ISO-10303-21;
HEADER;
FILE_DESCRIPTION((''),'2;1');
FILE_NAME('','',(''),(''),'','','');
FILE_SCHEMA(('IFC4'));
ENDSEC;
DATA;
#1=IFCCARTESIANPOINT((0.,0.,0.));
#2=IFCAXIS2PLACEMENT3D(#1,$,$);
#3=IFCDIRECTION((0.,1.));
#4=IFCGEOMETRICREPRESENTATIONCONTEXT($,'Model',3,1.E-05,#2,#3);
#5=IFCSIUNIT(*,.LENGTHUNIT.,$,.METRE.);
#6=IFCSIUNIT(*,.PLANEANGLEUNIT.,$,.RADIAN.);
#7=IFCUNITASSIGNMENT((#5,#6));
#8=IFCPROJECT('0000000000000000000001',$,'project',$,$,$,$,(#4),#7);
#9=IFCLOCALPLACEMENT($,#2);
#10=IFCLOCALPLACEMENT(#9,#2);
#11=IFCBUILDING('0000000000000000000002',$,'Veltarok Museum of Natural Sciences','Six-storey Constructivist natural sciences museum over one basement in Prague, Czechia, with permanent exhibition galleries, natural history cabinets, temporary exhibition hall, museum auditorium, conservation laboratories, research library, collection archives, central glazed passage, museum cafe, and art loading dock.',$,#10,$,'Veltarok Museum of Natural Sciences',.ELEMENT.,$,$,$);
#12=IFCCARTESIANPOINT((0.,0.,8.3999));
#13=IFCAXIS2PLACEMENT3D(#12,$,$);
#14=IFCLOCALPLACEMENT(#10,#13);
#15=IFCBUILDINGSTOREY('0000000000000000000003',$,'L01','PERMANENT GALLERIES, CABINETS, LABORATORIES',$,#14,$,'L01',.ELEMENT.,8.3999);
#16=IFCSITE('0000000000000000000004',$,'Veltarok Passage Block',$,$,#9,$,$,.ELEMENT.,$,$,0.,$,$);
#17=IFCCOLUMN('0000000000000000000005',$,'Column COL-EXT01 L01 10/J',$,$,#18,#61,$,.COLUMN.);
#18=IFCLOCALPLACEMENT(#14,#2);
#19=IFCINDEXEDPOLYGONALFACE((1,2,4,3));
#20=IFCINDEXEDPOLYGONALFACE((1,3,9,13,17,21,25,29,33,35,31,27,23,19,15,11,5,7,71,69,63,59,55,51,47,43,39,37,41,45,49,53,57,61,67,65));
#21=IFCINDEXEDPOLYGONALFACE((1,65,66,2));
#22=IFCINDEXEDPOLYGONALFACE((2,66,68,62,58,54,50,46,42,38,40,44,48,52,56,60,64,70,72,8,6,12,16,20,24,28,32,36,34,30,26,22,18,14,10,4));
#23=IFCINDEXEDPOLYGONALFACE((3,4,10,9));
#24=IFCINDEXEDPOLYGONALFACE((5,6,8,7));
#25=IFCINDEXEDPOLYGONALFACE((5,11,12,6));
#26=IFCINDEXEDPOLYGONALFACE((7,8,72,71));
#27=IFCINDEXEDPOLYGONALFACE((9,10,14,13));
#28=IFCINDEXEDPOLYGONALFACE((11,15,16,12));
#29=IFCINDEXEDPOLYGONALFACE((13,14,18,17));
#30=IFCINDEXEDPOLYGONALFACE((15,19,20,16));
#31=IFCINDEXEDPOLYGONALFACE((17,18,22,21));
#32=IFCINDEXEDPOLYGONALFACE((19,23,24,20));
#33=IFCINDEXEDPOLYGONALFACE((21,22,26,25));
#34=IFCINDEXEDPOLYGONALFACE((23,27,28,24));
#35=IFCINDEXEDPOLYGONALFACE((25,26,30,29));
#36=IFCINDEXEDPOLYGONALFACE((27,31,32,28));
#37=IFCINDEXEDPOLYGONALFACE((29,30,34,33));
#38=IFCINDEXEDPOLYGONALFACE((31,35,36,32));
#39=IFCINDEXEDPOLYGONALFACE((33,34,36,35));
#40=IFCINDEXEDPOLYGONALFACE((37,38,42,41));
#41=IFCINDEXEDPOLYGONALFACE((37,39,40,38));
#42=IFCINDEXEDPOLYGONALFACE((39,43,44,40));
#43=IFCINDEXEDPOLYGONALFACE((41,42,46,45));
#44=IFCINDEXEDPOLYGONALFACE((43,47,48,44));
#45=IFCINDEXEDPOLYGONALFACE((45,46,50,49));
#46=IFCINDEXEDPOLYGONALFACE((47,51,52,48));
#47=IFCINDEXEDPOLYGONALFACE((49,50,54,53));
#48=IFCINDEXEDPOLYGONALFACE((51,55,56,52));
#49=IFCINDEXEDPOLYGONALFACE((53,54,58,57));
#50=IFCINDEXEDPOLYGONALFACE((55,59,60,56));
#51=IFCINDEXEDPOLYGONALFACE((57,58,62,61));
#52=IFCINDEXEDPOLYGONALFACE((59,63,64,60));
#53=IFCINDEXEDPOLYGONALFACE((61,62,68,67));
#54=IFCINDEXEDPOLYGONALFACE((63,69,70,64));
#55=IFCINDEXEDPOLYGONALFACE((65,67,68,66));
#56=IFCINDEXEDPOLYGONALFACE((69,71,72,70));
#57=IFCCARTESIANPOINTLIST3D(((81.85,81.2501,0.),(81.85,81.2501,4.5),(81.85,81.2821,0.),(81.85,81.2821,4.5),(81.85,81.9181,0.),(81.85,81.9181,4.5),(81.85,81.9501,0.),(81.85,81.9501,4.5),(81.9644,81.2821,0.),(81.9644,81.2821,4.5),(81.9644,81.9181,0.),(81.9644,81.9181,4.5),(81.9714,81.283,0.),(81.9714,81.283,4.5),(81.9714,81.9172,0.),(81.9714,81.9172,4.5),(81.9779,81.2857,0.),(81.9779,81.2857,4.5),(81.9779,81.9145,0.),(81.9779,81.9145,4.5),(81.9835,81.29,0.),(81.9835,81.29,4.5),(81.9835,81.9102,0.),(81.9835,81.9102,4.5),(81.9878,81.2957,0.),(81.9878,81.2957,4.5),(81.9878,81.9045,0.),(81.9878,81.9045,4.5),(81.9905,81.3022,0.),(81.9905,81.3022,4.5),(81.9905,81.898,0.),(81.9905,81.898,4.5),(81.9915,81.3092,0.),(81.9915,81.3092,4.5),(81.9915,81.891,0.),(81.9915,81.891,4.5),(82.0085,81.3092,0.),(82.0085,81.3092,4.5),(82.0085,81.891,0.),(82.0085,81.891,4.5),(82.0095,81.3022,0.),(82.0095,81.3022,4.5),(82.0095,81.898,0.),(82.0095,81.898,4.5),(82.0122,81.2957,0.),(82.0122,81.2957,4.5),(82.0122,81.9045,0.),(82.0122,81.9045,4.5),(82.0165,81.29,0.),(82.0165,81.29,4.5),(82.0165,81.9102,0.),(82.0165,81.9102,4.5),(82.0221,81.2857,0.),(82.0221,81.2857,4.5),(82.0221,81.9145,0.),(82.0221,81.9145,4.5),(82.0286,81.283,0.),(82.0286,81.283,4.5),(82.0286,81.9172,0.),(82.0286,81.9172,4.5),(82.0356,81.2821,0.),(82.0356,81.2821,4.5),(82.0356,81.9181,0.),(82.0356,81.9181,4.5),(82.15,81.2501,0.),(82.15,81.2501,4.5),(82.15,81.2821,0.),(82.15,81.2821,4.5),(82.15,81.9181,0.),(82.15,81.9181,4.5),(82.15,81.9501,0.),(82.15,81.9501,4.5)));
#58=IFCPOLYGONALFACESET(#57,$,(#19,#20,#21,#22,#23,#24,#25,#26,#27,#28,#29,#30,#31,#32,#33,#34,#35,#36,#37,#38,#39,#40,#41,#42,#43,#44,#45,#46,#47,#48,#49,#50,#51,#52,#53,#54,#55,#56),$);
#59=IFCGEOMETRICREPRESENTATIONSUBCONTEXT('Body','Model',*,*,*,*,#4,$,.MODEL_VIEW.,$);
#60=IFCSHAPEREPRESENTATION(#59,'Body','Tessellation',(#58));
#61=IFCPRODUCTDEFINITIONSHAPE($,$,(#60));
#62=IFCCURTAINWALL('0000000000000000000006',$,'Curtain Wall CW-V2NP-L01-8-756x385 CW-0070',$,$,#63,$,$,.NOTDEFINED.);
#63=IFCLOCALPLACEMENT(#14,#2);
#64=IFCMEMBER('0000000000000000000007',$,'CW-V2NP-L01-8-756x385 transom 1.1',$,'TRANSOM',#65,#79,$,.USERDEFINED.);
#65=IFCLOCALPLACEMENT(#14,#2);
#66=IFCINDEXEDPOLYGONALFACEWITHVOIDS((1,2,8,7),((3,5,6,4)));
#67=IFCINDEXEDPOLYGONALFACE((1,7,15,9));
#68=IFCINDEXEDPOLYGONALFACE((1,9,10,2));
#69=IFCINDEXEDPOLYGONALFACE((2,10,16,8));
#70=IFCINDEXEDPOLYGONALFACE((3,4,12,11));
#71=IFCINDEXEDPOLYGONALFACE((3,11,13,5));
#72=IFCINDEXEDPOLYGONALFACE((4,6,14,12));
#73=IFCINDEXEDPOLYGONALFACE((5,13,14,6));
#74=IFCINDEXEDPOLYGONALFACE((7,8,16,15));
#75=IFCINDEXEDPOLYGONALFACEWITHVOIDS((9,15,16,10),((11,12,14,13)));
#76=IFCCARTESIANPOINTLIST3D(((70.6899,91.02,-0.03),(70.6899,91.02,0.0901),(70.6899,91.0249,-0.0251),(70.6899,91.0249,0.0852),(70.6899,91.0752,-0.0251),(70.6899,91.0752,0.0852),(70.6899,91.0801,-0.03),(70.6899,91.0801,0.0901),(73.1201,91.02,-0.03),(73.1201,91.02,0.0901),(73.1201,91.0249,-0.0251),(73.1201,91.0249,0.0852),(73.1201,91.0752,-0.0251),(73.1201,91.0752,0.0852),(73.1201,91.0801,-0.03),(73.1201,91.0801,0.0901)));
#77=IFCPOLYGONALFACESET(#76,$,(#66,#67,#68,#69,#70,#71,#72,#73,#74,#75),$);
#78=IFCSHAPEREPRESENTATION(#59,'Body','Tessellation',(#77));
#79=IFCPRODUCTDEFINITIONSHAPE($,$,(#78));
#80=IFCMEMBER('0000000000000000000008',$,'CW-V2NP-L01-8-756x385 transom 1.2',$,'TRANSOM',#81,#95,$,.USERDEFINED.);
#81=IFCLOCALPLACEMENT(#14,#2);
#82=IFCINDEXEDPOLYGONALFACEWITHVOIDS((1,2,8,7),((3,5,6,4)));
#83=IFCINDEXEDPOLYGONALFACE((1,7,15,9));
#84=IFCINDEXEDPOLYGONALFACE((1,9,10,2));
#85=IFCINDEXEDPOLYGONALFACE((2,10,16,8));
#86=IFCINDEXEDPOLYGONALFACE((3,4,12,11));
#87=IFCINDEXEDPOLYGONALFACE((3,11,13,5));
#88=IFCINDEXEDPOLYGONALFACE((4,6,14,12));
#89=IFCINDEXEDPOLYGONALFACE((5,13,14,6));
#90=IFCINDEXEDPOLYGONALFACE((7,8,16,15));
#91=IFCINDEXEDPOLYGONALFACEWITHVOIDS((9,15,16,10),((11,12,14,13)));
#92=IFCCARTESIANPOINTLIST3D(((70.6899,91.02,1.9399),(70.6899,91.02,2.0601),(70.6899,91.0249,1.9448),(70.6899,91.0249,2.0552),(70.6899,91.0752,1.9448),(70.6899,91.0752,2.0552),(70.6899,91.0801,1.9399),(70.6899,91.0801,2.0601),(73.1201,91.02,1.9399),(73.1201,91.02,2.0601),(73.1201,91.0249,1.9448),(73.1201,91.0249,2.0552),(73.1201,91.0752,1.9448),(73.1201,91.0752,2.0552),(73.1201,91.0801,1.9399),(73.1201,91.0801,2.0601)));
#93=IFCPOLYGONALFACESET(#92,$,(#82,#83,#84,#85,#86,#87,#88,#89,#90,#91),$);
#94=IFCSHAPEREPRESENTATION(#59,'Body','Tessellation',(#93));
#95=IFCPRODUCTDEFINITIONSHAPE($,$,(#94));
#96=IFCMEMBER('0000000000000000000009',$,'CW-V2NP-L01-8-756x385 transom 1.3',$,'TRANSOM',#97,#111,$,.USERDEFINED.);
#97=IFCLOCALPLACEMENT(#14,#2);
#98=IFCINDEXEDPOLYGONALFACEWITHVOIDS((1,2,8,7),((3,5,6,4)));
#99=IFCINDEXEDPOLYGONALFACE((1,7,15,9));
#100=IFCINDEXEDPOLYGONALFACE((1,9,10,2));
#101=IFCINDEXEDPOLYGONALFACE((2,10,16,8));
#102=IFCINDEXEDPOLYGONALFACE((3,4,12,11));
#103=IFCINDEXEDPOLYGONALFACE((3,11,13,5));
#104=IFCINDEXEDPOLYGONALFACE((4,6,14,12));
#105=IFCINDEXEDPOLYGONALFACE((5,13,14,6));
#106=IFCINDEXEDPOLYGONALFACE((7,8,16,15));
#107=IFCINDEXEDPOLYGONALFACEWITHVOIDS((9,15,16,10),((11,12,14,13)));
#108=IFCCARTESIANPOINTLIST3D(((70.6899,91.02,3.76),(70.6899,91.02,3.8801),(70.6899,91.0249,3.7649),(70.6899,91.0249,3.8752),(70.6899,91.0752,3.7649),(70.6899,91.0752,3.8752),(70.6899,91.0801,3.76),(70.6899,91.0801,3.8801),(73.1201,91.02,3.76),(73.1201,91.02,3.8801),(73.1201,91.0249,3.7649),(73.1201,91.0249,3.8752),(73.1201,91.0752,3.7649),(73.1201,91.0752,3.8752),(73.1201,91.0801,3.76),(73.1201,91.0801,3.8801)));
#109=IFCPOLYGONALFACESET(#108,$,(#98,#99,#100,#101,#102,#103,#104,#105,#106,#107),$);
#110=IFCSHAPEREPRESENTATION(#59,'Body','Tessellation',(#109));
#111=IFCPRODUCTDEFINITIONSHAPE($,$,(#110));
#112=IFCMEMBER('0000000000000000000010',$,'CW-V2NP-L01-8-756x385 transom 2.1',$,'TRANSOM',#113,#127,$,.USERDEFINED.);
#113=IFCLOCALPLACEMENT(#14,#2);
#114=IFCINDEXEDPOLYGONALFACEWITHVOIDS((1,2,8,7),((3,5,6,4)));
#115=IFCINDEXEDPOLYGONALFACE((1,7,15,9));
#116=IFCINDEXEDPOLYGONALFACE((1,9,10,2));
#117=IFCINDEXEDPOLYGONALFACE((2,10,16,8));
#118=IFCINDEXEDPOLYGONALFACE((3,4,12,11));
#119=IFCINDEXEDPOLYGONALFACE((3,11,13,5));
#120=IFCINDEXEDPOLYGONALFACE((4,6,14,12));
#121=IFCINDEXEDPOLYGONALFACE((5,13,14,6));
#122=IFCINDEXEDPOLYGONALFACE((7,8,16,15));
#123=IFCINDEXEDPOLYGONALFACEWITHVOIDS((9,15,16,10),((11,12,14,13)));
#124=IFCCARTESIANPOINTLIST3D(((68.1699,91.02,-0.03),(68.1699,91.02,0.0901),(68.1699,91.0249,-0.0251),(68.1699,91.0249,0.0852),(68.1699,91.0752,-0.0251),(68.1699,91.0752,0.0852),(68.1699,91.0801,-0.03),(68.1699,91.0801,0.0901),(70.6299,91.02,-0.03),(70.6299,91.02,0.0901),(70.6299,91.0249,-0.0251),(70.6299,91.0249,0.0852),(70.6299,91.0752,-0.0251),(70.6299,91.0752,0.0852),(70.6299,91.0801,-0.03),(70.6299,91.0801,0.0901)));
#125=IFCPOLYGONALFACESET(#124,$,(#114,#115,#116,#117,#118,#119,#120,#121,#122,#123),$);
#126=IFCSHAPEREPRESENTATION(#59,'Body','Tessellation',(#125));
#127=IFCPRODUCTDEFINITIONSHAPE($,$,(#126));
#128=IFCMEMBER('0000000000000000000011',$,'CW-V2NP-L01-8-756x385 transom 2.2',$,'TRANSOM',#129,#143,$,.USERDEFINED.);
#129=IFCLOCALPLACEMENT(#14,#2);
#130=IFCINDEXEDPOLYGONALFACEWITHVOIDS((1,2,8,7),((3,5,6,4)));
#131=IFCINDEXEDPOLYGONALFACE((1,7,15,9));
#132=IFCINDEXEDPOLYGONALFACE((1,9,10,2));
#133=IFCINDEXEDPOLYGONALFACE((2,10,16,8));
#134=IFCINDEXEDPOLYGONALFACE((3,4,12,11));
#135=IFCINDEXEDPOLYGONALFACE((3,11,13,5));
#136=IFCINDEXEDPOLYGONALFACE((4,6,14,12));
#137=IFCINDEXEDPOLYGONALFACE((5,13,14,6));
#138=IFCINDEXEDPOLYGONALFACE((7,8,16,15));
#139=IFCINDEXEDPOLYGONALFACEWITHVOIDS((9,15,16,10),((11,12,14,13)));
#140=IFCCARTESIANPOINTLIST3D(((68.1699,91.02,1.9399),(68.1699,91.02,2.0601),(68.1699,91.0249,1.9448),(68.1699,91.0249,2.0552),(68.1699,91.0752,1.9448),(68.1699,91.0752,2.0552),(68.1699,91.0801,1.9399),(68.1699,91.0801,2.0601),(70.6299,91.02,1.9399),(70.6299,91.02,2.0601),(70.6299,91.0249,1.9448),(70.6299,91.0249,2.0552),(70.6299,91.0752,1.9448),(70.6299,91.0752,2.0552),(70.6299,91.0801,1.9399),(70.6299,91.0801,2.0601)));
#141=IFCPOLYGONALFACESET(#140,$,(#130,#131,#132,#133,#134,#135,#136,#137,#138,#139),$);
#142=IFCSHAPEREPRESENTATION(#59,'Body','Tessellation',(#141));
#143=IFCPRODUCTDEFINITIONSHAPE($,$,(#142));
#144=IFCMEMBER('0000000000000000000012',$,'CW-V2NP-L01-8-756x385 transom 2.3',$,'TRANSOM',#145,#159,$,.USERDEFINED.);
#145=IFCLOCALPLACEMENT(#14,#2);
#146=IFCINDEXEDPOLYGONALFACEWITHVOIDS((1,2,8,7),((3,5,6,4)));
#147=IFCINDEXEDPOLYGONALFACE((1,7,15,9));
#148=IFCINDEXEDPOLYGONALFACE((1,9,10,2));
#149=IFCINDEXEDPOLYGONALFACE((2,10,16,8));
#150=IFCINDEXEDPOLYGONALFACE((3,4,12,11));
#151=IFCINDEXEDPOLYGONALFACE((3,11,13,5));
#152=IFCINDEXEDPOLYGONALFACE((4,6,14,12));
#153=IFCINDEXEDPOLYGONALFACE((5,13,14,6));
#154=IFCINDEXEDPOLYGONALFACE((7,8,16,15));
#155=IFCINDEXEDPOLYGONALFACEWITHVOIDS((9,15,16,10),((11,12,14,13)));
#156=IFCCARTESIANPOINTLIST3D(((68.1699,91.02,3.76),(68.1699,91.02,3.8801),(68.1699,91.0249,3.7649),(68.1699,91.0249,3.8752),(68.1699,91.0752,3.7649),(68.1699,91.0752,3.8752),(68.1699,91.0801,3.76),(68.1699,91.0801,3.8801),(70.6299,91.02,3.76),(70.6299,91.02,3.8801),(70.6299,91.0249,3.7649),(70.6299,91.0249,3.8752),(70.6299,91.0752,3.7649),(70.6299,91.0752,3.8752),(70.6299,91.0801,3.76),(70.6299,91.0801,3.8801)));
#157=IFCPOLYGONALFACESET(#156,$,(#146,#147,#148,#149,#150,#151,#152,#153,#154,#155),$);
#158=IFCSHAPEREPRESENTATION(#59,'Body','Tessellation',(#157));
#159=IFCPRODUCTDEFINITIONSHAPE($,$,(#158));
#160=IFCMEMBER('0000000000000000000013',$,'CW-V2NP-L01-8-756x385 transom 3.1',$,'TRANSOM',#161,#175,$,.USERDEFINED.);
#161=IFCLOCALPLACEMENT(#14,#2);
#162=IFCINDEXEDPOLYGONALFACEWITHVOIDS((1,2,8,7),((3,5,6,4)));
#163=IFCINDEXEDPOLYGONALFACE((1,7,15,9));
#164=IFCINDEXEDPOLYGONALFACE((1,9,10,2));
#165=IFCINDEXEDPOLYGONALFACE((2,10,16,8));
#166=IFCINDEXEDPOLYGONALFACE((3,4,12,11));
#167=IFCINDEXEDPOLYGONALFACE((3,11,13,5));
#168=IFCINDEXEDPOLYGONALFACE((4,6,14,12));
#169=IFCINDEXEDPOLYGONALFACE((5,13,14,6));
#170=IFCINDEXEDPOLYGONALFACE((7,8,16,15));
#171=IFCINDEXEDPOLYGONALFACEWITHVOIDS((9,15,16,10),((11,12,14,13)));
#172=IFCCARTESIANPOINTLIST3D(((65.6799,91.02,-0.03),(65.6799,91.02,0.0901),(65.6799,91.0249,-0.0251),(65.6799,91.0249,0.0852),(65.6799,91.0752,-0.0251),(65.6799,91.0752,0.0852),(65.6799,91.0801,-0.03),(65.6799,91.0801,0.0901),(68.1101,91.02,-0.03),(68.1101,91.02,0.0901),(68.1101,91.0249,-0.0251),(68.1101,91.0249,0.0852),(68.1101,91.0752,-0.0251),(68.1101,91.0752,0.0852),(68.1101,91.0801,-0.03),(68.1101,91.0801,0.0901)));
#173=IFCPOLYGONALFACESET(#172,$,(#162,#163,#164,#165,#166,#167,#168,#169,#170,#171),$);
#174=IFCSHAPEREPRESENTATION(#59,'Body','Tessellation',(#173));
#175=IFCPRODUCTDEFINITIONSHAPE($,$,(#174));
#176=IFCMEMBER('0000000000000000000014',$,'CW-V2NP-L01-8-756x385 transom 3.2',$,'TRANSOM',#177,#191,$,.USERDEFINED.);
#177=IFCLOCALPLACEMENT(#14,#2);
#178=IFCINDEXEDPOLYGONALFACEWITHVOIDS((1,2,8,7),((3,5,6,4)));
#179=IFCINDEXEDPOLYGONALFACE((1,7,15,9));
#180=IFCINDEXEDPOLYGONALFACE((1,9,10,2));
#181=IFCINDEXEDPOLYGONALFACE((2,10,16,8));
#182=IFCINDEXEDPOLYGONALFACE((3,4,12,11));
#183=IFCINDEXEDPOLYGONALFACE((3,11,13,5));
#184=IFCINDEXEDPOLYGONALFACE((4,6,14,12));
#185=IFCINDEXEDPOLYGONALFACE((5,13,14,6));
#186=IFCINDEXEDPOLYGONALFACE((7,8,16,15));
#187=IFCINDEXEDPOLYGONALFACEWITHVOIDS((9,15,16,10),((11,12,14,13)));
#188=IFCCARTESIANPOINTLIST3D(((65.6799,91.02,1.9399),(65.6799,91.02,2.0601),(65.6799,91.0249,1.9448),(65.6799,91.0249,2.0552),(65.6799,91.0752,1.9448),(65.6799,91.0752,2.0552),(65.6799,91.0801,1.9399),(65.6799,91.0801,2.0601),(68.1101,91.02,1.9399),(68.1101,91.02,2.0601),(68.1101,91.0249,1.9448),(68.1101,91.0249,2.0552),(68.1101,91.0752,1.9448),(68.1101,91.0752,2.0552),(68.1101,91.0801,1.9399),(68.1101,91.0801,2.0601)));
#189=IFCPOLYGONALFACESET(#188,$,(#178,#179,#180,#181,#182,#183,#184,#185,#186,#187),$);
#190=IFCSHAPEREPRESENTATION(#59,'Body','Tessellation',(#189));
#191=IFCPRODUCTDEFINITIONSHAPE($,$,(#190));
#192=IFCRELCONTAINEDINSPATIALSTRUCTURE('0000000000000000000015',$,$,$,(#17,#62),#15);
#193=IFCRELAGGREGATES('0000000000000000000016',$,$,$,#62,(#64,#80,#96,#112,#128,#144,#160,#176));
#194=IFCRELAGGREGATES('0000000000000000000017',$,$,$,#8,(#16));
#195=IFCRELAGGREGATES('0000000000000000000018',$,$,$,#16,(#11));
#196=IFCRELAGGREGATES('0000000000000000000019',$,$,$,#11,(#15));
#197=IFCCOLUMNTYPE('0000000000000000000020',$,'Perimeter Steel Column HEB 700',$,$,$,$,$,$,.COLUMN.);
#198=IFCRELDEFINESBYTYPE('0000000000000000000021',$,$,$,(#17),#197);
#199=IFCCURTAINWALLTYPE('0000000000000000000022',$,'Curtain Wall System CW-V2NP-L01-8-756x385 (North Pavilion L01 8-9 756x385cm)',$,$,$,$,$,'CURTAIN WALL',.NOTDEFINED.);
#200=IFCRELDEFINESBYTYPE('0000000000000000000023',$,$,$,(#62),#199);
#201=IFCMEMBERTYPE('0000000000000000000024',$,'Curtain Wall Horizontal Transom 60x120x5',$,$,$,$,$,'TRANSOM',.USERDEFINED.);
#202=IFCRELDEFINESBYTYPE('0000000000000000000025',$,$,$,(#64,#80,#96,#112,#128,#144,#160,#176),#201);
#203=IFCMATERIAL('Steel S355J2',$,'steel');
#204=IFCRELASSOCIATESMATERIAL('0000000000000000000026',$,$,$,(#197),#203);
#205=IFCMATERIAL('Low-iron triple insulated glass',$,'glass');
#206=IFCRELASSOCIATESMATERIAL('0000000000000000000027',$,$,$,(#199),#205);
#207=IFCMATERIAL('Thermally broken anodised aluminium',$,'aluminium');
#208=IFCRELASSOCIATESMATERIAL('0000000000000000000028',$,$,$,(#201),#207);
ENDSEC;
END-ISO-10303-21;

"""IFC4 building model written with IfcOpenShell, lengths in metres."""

from ifc_helpers import new_model, si_unit, direction, frame, origin, origin_2d, place, context, subcontext, project, spatial, hollow_rectangle, i_section, extrude, material, material_profile, profile_set, type_object, element, aggregate, save


model = new_model("IFC4")

# Units and contexts
model_context = context("Model", 3, precision=1e-05, world=origin(), true_north=direction((0.0, 1.0)))
body_context = subcontext(model_context, "Body", "Model", "MODEL_VIEW")
ifc_project = project(units=[si_unit("LENGTHUNIT", "METRE"), si_unit("PLANEANGLEUNIT", "RADIAN")], contexts=[model_context])

# Site, building, storey
site_placement = place(None, origin())
site = spatial("IfcSite", under=ifc_project, at=site_placement, Name="Veltarok Passage Block", CompositionType="ELEMENT", RefElevation=0.0)
building_placement = place(site_placement, origin())
building = spatial("IfcBuilding", under=site, at=building_placement, Name="Veltarok Museum of Natural Sciences", Description="Six-storey Constructivist natural sciences museum over one basement in Prague, Czechia, with permanent exhibition galleries, natural history cabinets, temporary exhibition hall, museum auditorium, conservation laboratories, research library, collection archives, central glazed passage, museum cafe, and art loading dock.", LongName="Veltarok Museum of Natural Sciences", CompositionType="ELEMENT")
storey_placement = place(building_placement, frame((0.0, 0.0, 8.3999)))
storey = spatial("IfcBuildingStorey", under=building, at=storey_placement, Name="L01", Description="PERMANENT GALLERIES, CABINETS, LABORATORIES", LongName="L01", CompositionType="ELEMENT", Elevation=8.3999)

# Column
ifc_material_1 = material(Name="Steel S355J2", Category="steel")
ifc_material_profile_1 = material_profile(ifc_material_1, i_section(OverallWidth=0.3, OverallDepth=0.7, WebThickness=0.0171, FlangeThickness=0.032, FilletRadius=0.0271, at=origin_2d()), Name="HEB 700")
ifc_profile_set_1 = profile_set([ifc_material_profile_1], Name="Steel S355J2")
column_type = type_object("IfcColumnType", Name="Perimeter Steel Column HEB 700", PredefinedType="COLUMN", material=ifc_profile_set_1)
column_placement = place(storey_placement, frame((82.0, 81.6001, 0.0), z_axis=(0.0, 0.0, 1.0), x_axis=(1.0, 0.0, 0.0)))
element("IfcColumn", 1, at=column_placement, inside=storey, type_object=column_type, Name="Column COL-EXT01 L01 10/J", PredefinedType="COLUMN", context=body_context, shape_type="SweptSolid", body=[
    extrude(i_section(OverallWidth=0.3, OverallDepth=0.7, WebThickness=0.0171, FlangeThickness=0.032, FilletRadius=0.0271, at=origin_2d()), origin(), (0.0, 0.0, 1.0), 4.5),
])

# Curtain wall, members
ifc_material_2 = material(Name="Low-iron triple insulated glass", Category="glass")
curtain_wall_type_1 = type_object("IfcCurtainWallType", Name="Curtain Wall System CW-V2NP-L01-8-756x385 (North Pavilion L01 8-9 756x385cm)", ElementType="CURTAIN WALL", PredefinedType="NOTDEFINED", material=ifc_material_2)
curtain_wall_1_placement = place(storey_placement, origin())
curtain_wall_1 = element("IfcCurtainWall", 2, at=curtain_wall_1_placement, inside=storey, type_object=curtain_wall_type_1, Name="Curtain Wall CW-V2NP-L01-8-756x385 CW-0070", PredefinedType="NOTDEFINED")
ifc_material_3 = material(Name="Thermally broken anodised aluminium", Category="aluminium")
ifc_material_profile_2 = material_profile(ifc_material_3, hollow_rectangle(XDim=0.0601, YDim=0.1201, WallThickness=0.0049, at=origin_2d()), Name="CW TRANSOM 60x120x5")
ifc_profile_set_2 = profile_set([ifc_material_profile_2], Name="Thermally broken anodised aluminium")
member_type_1 = type_object("IfcMemberType", Name="Curtain Wall Horizontal Transom 60x120x5", ElementType="TRANSOM", PredefinedType="USERDEFINED", material=ifc_profile_set_2)
member_1_placement = place(storey_placement, frame((73.1201, 91.05, 0.03), z_axis=(-1.0, 0.0, 0.0), x_axis=(0.0, -1.0, 0.0)))
member_1 = element("IfcMember", 3, at=member_1_placement, type_object=member_type_1, Name="CW-V2NP-L01-8-756x385 transom 1.1", ObjectType="TRANSOM", PredefinedType="USERDEFINED", context=body_context, shape_type="SweptSolid", body=[
    extrude(hollow_rectangle(XDim=0.0601, YDim=0.1201, WallThickness=0.0049, at=origin_2d()), origin(), (0.0, 0.0, 1.0), 2.4302),
])
member_2_placement = place(storey_placement, frame((73.1201, 91.05, 2.0), z_axis=(-1.0, 0.0, 0.0), x_axis=(0.0, -1.0, 0.0)))
member_2 = element("IfcMember", 4, at=member_2_placement, type_object=member_type_1, Name="CW-V2NP-L01-8-756x385 transom 1.2", ObjectType="TRANSOM", PredefinedType="USERDEFINED", context=body_context, shape_type="SweptSolid", body=[
    extrude(hollow_rectangle(XDim=0.0601, YDim=0.1201, WallThickness=0.0049, at=origin_2d()), origin(), (0.0, 0.0, 1.0), 2.4302),
])
member_3_placement = place(storey_placement, frame((73.1201, 91.05, 3.8201), z_axis=(-1.0, 0.0, 0.0), x_axis=(0.0, -1.0, 0.0)))
member_3 = element("IfcMember", 5, at=member_3_placement, type_object=member_type_1, Name="CW-V2NP-L01-8-756x385 transom 1.3", ObjectType="TRANSOM", PredefinedType="USERDEFINED", context=body_context, shape_type="SweptSolid", body=[
    extrude(hollow_rectangle(XDim=0.0601, YDim=0.1201, WallThickness=0.0049, at=origin_2d()), origin(), (0.0, 0.0, 1.0), 2.4302),
])
member_4_placement = place(storey_placement, frame((70.6299, 91.05, 0.03), z_axis=(-1.0, 0.0, 0.0), x_axis=(0.0, -1.0, 0.0)))
member_4 = element("IfcMember", 6, at=member_4_placement, type_object=member_type_1, Name="CW-V2NP-L01-8-756x385 transom 2.1", ObjectType="TRANSOM", PredefinedType="USERDEFINED", context=body_context, shape_type="SweptSolid", body=[
    extrude(hollow_rectangle(XDim=0.0601, YDim=0.1201, WallThickness=0.0049, at=origin_2d()), origin(), (0.0, 0.0, 1.0), 2.46),
])
member_5_placement = place(storey_placement, frame((70.6299, 91.05, 2.0), z_axis=(-1.0, 0.0, 0.0), x_axis=(0.0, -1.0, 0.0)))
member_5 = element("IfcMember", 7, at=member_5_placement, type_object=member_type_1, Name="CW-V2NP-L01-8-756x385 transom 2.2", ObjectType="TRANSOM", PredefinedType="USERDEFINED", context=body_context, shape_type="SweptSolid", body=[
    extrude(hollow_rectangle(XDim=0.0601, YDim=0.1201, WallThickness=0.0049, at=origin_2d()), origin(), (0.0, 0.0, 1.0), 2.46),
])
member_6_placement = place(storey_placement, frame((70.6299, 91.05, 3.8201), z_axis=(-1.0, 0.0, 0.0), x_axis=(0.0, -1.0, 0.0)))
member_6 = element("IfcMember", 8, at=member_6_placement, type_object=member_type_1, Name="CW-V2NP-L01-8-756x385 transom 2.3", ObjectType="TRANSOM", PredefinedType="USERDEFINED", context=body_context, shape_type="SweptSolid", body=[
    extrude(hollow_rectangle(XDim=0.0601, YDim=0.1201, WallThickness=0.0049, at=origin_2d()), origin(), (0.0, 0.0, 1.0), 2.46),
])
member_7_placement = place(storey_placement, frame((68.1101, 91.05, 0.03), z_axis=(-1.0, 0.0, 0.0), x_axis=(0.0, -1.0, 0.0)))
member_7 = element("IfcMember", 9, at=member_7_placement, type_object=member_type_1, Name="CW-V2NP-L01-8-756x385 transom 3.1", ObjectType="TRANSOM", PredefinedType="USERDEFINED", context=body_context, shape_type="SweptSolid", body=[
    extrude(hollow_rectangle(XDim=0.0601, YDim=0.1201, WallThickness=0.0049, at=origin_2d()), origin(), (0.0, 0.0, 1.0), 2.4302),
])
member_8_placement = place(storey_placement, frame((68.1101, 91.05, 2.0), z_axis=(-1.0, 0.0, 0.0), x_axis=(0.0, -1.0, 0.0)))
member_8 = element("IfcMember", 10, at=member_8_placement, type_object=member_type_1, Name="CW-V2NP-L01-8-756x385 transom 3.2", ObjectType="TRANSOM", PredefinedType="USERDEFINED", context=body_context, shape_type="SweptSolid", body=[
    extrude(hollow_rectangle(XDim=0.0601, YDim=0.1201, WallThickness=0.0049, at=origin_2d()), origin(), (0.0, 0.0, 1.0), 2.4302),
])

aggregate(curtain_wall_1, [member_1, member_2, member_3, member_4, member_5, member_6, member_7, member_8])

save(model, "model.ifc")
